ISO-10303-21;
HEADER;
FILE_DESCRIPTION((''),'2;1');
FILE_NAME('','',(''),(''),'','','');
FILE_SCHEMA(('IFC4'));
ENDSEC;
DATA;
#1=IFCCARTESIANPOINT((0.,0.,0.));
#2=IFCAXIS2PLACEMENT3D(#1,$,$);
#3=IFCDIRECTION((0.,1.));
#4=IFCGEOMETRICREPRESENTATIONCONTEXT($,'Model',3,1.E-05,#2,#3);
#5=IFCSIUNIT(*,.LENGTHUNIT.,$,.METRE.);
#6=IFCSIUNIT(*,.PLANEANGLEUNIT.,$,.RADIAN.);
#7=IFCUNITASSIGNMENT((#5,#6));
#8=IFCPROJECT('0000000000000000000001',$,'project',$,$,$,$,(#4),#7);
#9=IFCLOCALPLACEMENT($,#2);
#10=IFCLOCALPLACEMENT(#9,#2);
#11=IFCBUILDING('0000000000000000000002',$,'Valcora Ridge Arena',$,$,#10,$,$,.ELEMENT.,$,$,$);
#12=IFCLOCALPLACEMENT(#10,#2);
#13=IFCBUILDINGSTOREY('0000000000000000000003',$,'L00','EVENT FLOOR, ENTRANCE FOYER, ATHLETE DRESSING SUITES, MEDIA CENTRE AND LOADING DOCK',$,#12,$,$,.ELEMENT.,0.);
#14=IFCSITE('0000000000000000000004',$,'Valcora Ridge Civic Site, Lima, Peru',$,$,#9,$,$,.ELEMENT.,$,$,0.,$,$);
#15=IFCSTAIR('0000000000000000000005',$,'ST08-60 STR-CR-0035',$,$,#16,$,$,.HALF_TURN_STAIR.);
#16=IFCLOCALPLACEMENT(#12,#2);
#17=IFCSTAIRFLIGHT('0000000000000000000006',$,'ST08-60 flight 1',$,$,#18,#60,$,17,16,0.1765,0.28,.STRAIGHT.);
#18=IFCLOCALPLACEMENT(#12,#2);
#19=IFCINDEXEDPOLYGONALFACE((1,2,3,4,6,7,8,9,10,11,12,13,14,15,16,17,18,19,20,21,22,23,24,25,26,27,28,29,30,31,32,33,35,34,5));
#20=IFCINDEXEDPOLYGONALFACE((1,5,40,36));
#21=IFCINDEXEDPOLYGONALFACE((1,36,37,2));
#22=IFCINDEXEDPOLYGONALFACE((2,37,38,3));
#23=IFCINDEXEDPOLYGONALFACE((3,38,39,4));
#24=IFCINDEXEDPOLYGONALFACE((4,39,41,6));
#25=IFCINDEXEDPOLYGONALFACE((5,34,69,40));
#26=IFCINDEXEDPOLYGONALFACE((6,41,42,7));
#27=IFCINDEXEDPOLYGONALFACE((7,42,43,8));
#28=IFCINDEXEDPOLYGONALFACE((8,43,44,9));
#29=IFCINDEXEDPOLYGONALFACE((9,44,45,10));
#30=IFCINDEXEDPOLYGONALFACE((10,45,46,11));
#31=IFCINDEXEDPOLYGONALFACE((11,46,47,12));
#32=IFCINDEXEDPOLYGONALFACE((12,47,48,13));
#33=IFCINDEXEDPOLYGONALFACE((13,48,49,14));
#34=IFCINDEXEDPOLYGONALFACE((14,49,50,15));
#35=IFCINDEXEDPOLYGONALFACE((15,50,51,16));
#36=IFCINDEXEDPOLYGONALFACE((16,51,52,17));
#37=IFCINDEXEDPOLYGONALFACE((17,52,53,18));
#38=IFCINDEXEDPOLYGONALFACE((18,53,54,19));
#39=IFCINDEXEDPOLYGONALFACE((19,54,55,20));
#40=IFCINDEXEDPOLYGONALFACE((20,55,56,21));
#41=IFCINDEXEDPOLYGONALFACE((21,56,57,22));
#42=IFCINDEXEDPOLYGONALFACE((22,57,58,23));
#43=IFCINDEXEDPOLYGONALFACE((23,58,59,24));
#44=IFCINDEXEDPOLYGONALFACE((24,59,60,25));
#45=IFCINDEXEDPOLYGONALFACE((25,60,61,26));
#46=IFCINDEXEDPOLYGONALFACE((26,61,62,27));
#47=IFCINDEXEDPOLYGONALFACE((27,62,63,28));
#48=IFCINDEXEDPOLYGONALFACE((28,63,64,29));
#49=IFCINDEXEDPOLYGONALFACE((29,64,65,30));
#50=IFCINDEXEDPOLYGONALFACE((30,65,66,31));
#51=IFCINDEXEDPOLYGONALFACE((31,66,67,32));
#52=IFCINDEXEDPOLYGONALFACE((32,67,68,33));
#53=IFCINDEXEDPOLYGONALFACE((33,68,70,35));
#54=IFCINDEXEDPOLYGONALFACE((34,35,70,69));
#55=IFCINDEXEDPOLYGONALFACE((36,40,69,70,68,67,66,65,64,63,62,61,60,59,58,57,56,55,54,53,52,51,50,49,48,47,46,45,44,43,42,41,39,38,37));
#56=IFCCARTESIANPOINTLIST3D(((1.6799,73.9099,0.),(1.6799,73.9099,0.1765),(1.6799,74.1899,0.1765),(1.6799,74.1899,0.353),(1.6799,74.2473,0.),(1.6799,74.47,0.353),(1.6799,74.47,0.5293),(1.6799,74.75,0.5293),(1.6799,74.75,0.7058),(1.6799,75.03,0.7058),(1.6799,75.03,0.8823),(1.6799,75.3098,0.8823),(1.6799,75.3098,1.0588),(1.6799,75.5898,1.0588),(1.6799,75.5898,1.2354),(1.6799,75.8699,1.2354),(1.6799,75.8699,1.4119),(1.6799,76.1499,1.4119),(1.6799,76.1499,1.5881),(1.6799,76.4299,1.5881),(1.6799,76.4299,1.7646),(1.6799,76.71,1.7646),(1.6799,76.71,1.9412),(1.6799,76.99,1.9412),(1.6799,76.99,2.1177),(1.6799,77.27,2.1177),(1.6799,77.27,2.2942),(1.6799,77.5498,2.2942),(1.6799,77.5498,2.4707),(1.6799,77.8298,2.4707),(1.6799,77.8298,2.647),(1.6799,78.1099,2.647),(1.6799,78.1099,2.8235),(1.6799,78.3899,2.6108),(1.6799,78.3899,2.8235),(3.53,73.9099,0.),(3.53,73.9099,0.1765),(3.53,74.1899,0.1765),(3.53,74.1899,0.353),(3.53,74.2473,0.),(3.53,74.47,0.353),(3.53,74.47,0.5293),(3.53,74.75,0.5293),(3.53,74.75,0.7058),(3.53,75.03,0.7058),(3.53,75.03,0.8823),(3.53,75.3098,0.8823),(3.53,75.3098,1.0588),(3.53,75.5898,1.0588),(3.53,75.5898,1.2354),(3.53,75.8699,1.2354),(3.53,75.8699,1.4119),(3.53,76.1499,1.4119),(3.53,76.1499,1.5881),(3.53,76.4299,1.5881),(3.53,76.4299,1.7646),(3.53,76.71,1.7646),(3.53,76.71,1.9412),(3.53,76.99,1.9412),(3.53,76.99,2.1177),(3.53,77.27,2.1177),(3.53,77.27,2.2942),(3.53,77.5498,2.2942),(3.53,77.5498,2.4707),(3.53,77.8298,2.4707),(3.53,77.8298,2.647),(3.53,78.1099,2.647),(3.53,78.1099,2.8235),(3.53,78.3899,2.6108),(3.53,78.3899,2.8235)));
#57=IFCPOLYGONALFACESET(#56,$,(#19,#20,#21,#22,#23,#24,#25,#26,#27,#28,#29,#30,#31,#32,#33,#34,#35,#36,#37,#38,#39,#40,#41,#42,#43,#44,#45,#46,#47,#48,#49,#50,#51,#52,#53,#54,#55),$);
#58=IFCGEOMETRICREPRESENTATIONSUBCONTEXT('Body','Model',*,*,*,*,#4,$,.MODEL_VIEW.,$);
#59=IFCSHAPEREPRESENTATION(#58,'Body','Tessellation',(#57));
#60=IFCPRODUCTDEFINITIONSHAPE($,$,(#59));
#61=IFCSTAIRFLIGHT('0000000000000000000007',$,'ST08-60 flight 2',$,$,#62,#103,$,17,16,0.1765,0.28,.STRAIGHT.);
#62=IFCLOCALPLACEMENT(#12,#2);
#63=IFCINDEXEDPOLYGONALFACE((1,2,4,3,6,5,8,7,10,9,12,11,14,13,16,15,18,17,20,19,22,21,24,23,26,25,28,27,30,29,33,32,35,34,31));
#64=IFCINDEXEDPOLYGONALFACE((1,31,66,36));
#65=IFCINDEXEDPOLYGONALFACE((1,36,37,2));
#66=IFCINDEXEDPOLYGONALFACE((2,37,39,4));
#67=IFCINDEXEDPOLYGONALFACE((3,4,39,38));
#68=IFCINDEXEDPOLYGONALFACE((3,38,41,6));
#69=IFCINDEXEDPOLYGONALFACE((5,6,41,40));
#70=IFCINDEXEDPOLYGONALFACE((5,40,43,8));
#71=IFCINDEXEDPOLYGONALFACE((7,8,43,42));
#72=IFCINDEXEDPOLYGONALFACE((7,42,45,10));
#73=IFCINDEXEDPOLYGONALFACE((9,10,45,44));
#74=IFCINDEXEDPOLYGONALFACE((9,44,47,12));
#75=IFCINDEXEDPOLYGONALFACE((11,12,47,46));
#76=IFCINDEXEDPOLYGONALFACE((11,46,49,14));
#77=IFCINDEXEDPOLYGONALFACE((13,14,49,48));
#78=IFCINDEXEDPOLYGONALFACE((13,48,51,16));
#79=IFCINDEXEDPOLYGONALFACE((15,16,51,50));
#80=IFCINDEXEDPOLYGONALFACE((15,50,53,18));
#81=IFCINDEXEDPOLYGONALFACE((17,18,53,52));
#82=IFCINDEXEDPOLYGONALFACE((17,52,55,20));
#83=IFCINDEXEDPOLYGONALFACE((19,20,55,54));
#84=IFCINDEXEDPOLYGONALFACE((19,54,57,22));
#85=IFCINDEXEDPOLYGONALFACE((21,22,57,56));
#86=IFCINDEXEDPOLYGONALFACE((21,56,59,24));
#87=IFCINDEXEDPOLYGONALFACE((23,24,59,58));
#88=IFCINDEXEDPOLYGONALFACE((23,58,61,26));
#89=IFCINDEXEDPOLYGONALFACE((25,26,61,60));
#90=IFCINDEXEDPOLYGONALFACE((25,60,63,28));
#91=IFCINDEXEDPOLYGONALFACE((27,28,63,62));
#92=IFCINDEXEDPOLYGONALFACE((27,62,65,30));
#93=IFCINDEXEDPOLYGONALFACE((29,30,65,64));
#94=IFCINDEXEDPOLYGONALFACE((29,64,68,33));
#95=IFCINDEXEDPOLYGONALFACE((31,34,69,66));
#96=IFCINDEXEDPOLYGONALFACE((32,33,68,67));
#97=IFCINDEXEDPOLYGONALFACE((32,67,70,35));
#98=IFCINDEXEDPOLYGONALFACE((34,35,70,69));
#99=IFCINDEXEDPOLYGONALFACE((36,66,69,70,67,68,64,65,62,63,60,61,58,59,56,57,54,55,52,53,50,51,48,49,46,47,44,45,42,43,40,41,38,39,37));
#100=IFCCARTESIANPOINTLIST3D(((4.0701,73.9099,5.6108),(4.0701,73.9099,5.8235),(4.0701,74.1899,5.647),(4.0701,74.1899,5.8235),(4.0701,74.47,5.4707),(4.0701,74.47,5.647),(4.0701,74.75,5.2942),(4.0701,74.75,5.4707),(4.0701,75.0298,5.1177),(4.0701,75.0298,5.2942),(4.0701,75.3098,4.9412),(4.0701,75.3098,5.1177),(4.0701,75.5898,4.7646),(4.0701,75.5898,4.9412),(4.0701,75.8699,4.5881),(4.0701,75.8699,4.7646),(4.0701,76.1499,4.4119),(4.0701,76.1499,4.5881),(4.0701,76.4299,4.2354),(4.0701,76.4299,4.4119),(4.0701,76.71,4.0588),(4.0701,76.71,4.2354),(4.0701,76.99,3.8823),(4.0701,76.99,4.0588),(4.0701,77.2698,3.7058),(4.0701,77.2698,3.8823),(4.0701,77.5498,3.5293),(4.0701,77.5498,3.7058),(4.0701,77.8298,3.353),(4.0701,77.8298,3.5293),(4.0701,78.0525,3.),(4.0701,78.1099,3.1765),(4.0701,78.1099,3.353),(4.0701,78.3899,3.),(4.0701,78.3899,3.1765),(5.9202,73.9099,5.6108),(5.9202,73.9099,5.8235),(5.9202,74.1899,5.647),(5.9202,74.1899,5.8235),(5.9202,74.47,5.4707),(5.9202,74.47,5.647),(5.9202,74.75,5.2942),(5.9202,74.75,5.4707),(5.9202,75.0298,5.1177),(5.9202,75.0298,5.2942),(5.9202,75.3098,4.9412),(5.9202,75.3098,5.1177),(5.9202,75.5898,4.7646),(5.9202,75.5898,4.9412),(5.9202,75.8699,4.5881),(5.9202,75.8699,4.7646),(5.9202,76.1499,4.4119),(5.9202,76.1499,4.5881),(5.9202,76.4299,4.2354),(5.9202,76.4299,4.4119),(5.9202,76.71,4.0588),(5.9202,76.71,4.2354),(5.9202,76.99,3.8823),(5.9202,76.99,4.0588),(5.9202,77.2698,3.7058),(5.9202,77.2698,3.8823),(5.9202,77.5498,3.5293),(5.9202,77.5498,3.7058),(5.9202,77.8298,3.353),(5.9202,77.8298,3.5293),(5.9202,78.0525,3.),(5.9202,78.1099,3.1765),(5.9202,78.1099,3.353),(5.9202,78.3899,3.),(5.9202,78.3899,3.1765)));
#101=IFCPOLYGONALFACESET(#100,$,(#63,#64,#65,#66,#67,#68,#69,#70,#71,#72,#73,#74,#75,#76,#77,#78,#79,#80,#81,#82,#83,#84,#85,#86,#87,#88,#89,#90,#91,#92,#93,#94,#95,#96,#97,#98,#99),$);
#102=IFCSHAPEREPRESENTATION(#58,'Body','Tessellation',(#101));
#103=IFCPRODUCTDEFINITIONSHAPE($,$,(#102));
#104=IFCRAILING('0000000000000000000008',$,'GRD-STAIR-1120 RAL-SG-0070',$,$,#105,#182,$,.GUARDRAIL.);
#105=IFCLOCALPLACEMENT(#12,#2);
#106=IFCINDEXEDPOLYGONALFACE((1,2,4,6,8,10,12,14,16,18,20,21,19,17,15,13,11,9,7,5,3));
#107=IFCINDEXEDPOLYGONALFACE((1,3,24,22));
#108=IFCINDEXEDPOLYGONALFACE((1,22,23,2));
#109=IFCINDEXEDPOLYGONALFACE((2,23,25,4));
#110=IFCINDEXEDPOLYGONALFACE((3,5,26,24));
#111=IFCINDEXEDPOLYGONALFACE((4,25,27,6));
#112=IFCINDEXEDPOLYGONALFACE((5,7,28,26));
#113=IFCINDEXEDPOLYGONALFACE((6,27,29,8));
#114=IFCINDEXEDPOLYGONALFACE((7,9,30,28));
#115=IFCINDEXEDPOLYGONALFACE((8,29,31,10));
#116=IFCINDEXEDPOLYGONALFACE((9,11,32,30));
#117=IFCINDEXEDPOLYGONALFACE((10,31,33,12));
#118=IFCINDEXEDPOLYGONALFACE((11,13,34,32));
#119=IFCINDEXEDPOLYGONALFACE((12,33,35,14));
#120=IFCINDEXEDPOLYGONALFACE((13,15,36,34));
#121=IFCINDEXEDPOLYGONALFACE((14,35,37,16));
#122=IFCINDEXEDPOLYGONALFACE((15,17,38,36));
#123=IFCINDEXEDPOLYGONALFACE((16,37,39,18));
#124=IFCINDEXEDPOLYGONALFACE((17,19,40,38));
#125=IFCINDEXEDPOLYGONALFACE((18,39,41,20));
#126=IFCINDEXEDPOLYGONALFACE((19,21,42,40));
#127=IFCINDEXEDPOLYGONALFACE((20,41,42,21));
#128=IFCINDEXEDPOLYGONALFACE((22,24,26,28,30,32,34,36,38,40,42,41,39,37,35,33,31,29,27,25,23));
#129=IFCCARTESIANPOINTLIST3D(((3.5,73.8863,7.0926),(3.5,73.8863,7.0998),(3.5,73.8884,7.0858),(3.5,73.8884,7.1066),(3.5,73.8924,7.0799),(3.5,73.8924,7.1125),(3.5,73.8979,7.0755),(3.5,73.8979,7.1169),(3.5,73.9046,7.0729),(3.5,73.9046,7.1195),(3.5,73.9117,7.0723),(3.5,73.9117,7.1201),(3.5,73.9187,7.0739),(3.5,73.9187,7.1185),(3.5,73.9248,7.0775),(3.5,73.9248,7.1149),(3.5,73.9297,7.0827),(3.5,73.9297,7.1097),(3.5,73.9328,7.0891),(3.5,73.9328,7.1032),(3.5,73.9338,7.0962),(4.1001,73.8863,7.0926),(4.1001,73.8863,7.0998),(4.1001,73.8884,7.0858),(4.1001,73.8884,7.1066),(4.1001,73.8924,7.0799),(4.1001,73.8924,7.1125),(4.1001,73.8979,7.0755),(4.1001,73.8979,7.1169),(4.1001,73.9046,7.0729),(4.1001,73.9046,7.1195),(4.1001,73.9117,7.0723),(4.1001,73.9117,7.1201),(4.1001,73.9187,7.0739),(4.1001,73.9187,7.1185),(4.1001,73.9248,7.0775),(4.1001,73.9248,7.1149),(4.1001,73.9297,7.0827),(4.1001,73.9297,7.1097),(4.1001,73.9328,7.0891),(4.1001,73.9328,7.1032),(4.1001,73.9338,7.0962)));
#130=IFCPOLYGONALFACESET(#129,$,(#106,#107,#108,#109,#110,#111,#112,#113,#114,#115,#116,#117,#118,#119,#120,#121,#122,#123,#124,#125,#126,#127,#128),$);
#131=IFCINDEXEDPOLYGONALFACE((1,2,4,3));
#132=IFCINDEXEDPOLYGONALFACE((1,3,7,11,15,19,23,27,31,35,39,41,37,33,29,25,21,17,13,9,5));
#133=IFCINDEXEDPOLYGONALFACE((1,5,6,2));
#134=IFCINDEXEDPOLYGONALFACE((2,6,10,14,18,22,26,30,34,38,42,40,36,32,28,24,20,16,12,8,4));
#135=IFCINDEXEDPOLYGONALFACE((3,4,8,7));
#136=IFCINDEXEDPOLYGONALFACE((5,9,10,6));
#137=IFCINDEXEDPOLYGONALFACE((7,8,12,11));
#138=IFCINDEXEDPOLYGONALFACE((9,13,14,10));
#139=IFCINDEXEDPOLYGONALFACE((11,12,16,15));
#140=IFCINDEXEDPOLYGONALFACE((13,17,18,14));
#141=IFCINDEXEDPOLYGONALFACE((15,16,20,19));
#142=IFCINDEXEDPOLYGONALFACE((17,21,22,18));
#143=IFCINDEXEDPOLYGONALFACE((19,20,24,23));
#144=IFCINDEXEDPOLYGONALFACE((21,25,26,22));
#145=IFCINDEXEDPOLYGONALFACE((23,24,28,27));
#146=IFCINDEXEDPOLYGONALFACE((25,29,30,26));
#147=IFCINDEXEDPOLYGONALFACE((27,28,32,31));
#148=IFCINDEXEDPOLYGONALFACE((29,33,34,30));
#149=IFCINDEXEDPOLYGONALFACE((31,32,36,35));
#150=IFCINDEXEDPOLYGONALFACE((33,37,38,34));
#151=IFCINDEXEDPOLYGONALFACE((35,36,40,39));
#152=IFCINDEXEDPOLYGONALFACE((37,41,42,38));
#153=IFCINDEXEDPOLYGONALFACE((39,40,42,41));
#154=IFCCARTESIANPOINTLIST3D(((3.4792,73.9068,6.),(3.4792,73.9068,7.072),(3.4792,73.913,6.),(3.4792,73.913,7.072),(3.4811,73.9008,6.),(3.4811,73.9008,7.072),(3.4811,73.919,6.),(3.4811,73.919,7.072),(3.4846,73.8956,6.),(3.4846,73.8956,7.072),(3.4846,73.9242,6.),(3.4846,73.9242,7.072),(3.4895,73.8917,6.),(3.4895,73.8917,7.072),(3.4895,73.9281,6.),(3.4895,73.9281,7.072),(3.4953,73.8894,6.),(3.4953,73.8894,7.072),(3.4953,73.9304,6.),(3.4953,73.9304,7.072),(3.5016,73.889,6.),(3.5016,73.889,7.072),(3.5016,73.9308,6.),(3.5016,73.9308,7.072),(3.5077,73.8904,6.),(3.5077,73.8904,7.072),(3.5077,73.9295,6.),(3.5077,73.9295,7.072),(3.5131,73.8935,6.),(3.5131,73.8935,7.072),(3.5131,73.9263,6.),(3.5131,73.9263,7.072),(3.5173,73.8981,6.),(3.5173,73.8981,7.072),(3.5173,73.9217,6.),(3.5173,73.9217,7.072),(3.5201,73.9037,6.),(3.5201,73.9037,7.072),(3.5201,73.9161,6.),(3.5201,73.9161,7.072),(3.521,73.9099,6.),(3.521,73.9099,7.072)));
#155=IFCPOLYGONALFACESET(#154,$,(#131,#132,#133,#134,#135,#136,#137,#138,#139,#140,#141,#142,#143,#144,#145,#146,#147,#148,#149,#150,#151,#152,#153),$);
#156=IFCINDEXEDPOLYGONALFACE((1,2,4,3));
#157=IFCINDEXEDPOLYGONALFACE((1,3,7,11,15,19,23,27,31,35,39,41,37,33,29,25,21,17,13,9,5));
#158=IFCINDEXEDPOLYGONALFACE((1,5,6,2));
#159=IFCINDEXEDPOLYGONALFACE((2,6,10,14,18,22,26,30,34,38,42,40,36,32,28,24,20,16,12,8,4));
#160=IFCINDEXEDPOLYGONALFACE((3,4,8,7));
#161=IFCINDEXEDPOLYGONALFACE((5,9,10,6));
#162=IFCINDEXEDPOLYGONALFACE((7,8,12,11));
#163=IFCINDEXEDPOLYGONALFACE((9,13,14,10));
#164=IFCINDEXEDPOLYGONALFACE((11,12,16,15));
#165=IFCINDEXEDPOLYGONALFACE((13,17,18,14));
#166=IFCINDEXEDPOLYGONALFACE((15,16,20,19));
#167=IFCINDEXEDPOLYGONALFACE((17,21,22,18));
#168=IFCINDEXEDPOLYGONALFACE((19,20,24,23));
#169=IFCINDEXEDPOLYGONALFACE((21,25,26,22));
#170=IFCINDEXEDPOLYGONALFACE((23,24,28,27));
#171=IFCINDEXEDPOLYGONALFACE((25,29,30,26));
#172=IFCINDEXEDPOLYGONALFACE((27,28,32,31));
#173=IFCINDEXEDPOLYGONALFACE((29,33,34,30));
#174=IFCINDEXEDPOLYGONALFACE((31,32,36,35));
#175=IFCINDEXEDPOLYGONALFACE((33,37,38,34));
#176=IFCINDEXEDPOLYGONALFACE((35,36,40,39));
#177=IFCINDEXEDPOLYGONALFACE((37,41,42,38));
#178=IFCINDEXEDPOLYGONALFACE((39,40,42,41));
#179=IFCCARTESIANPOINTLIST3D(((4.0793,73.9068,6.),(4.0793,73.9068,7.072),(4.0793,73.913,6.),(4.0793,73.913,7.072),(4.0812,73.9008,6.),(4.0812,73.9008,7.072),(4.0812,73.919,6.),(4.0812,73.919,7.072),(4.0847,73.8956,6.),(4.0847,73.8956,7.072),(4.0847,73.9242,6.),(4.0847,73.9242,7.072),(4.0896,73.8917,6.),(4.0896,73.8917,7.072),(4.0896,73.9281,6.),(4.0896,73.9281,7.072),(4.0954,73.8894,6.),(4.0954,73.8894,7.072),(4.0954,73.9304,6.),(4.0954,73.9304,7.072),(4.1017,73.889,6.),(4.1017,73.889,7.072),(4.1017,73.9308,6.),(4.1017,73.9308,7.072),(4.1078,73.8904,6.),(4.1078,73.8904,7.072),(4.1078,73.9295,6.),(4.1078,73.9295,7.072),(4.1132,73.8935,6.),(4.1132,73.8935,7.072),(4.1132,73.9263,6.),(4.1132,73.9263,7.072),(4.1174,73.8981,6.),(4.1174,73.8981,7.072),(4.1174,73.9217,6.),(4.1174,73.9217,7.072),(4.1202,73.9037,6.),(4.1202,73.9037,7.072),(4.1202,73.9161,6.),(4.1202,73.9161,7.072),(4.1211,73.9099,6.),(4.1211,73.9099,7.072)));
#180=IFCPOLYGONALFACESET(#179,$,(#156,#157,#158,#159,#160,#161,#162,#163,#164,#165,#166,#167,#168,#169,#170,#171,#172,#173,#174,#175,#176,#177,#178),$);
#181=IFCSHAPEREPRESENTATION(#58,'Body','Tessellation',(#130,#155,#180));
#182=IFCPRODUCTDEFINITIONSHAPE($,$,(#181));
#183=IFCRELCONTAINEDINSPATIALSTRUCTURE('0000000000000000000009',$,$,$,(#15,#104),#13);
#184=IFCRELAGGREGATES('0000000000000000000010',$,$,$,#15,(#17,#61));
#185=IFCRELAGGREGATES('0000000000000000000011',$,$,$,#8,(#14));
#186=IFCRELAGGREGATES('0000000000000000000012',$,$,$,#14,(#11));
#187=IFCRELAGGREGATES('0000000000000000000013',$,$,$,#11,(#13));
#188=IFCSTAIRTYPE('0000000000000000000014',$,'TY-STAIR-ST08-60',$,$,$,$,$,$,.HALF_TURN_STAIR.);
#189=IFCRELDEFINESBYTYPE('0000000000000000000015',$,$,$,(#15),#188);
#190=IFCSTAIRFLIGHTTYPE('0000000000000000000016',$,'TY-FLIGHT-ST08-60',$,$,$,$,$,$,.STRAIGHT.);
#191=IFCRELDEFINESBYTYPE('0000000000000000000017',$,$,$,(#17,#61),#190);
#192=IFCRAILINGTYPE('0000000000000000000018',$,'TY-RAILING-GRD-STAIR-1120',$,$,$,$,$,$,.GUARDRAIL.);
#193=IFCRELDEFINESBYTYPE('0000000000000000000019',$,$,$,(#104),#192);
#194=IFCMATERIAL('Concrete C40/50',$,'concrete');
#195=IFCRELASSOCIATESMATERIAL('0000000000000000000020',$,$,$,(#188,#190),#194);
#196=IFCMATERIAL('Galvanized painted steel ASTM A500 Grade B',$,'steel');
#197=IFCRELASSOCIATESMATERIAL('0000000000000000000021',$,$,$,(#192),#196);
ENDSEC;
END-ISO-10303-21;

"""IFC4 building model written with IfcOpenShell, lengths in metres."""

from ifc_helpers import new_model, si_unit, direction, frame, origin, origin_2d, place, context, subcontext, project, spatial, polyline, circle, outline, extrude, material, type_object, element, aggregate, save


model = new_model("IFC4")

# Units and contexts
model_context = context("Model", 3, precision=1e-05, world=origin(), true_north=direction((0.0, 1.0)))
body_context = subcontext(model_context, "Body", "Model", "MODEL_VIEW")
ifc_project = project(units=[si_unit("LENGTHUNIT", "METRE"), si_unit("PLANEANGLEUNIT", "RADIAN")], contexts=[model_context])

# Site, building, storey
site_placement = place(None, origin())
site = spatial("IfcSite", under=ifc_project, at=site_placement, Name="Valcora Ridge Civic Site, Lima, Peru", CompositionType="ELEMENT", RefElevation=0.0)
building_placement = place(site_placement, origin())
building = spatial("IfcBuilding", under=site, at=building_placement, Name="Valcora Ridge Arena", CompositionType="ELEMENT")
storey_placement = place(building_placement, origin())
storey = spatial("IfcBuildingStorey", under=building, at=storey_placement, Name="L00", Description="EVENT FLOOR, ENTRANCE FOYER, ATHLETE DRESSING SUITES, MEDIA CENTRE AND LOADING DOCK", CompositionType="ELEMENT", Elevation=0.0)

# Shared definitions
ifc_material_1 = material(Name="Concrete C40/50", Category="concrete")

# Stair, stair flights
stair_type = type_object("IfcStairType", Name="TY-STAIR-ST08-60", PredefinedType="HALF_TURN_STAIR", material=ifc_material_1)
stair_placement = place(storey_placement, origin())
stair = element("IfcStair", 1, at=stair_placement, inside=storey, type_object=stair_type, Name="ST08-60 STR-CR-0035", PredefinedType="HALF_TURN_STAIR")
stair_flight_type = type_object("IfcStairFlightType", Name="TY-FLIGHT-ST08-60", PredefinedType="STRAIGHT", material=ifc_material_1)
stair_flight_1_placement = place(storey_placement, frame((2.605, 73.9099, 0.0), z_axis=(0.0, 0.0, 1.0), x_axis=(0.0, 1.0, 0.0)))
stair_flight_1 = element("IfcStairFlight", 2, at=stair_flight_1_placement, type_object=stair_flight_type, Name="ST08-60 flight 1", NumberOfRisers=17, NumberOfTreads=16, PredefinedType="STRAIGHT", RiserHeight=0.1765, TreadLength=0.28, context=body_context, shape_type="SweptSolid", body=[
    extrude(outline(polyline([(0.0, 0.0), (0.0, 0.1765), (0.28, 0.1765), (0.28, 0.353), (0.5601, 0.353), (0.5601, 0.5293), (0.8401, 0.5293), (0.8401, 0.7058), (1.1201, 0.7058), (1.1201, 0.8823), (1.3999, 0.8823), (1.3999, 1.0588), (1.6799, 1.0588), (1.6799, 1.2354), (1.96, 1.2354), (1.96, 1.4119), (2.24, 1.4119), (2.24, 1.5881), (2.52, 1.5881), (2.52, 1.7646), (2.8, 1.7646), (2.8, 1.9412), (3.0801, 1.9412), (3.0801, 2.1177), (3.3601, 2.1177), (3.3601, 2.2942), (3.6399, 2.2942), (3.6399, 2.4707), (3.9199, 2.4707), (3.9199, 2.647), (4.2, 2.647), (4.2, 2.8235), (4.48, 2.8235), (4.48, 3.0), (4.48, 2.6108), (0.3374, 0.0), (0.0, 0.0)])), frame((0.0, 0.925, 0.0), z_axis=(0.0, -1.0, 0.0), x_axis=(1.0, 0.0, 0.0)), (0.0, 0.0, 1.0), 1.8501),
])
stair_flight_2_placement = place(storey_placement, frame((4.9951, 78.3899, 3.0), z_axis=(0.0, 0.0, 1.0), x_axis=(0.0, -1.0, 0.0)))
stair_flight_2 = element("IfcStairFlight", 3, at=stair_flight_2_placement, type_object=stair_flight_type, Name="ST08-60 flight 2", NumberOfRisers=17, NumberOfTreads=16, PredefinedType="STRAIGHT", RiserHeight=0.1765, TreadLength=0.28, context=body_context, shape_type="SweptSolid", body=[
    extrude(outline(polyline([(0.0, 0.0), (0.0, 0.1765), (0.28, 0.1765), (0.28, 0.353), (0.5601, 0.353), (0.5601, 0.5293), (0.8401, 0.5293), (0.8401, 0.7058), (1.1201, 0.7058), (1.1201, 0.8823), (1.3999, 0.8823), (1.3999, 1.0588), (1.6799, 1.0588), (1.6799, 1.2354), (1.96, 1.2354), (1.96, 1.4119), (2.24, 1.4119), (2.24, 1.5881), (2.52, 1.5881), (2.52, 1.7646), (2.8, 1.7646), (2.8, 1.9412), (3.0801, 1.9412), (3.0801, 2.1177), (3.3601, 2.1177), (3.3601, 2.2942), (3.6399, 2.2942), (3.6399, 2.4707), (3.9199, 2.4707), (3.9199, 2.647), (4.2, 2.647), (4.2, 2.8235), (4.48, 2.8235), (4.48, 3.0), (4.48, 2.6108), (0.3374, 0.0), (0.0, 0.0)])), frame((0.0, 0.925, 0.0), z_axis=(0.0, -1.0, 0.0), x_axis=(1.0, 0.0, 0.0)), (0.0, 0.0, 1.0), 1.8501),
])
aggregate(stair, [stair_flight_1, stair_flight_2])

# Railing
ifc_material_2 = material(Name="Galvanized painted steel ASTM A500 Grade B", Category="steel")
railing_type_1 = type_object("IfcRailingType", Name="TY-RAILING-GRD-STAIR-1120", PredefinedType="GUARDRAIL", material=ifc_material_2)
railing_1_placement = place(storey_placement, frame((3.5, 73.9099, 6.0)))
element("IfcRailing", 4, at=railing_1_placement, inside=storey, type_object=railing_type_1, Name="GRD-STAIR-1120 RAL-SG-0070", PredefinedType="GUARDRAIL", context=body_context, shape_type="SweptSolid", body=[
    extrude(circle(Radius=0.0239, at=origin_2d()), frame((0.0, 0.0, 1.0962), z_axis=(1.0, 0.0, 0.0), x_axis=(0.0, 1.0, 0.0)), (0.0, 0.0, 1.0), 0.6001),
    extrude(circle(Radius=0.021, at=origin_2d()), origin(), (0.0, 0.0, 1.0), 1.072),
    extrude(circle(Radius=0.021, at=origin_2d()), frame((0.6001, 0.0, 0.0)), (0.0, 0.0, 1.0), 1.072),
])

save(model, "model.ifc")
